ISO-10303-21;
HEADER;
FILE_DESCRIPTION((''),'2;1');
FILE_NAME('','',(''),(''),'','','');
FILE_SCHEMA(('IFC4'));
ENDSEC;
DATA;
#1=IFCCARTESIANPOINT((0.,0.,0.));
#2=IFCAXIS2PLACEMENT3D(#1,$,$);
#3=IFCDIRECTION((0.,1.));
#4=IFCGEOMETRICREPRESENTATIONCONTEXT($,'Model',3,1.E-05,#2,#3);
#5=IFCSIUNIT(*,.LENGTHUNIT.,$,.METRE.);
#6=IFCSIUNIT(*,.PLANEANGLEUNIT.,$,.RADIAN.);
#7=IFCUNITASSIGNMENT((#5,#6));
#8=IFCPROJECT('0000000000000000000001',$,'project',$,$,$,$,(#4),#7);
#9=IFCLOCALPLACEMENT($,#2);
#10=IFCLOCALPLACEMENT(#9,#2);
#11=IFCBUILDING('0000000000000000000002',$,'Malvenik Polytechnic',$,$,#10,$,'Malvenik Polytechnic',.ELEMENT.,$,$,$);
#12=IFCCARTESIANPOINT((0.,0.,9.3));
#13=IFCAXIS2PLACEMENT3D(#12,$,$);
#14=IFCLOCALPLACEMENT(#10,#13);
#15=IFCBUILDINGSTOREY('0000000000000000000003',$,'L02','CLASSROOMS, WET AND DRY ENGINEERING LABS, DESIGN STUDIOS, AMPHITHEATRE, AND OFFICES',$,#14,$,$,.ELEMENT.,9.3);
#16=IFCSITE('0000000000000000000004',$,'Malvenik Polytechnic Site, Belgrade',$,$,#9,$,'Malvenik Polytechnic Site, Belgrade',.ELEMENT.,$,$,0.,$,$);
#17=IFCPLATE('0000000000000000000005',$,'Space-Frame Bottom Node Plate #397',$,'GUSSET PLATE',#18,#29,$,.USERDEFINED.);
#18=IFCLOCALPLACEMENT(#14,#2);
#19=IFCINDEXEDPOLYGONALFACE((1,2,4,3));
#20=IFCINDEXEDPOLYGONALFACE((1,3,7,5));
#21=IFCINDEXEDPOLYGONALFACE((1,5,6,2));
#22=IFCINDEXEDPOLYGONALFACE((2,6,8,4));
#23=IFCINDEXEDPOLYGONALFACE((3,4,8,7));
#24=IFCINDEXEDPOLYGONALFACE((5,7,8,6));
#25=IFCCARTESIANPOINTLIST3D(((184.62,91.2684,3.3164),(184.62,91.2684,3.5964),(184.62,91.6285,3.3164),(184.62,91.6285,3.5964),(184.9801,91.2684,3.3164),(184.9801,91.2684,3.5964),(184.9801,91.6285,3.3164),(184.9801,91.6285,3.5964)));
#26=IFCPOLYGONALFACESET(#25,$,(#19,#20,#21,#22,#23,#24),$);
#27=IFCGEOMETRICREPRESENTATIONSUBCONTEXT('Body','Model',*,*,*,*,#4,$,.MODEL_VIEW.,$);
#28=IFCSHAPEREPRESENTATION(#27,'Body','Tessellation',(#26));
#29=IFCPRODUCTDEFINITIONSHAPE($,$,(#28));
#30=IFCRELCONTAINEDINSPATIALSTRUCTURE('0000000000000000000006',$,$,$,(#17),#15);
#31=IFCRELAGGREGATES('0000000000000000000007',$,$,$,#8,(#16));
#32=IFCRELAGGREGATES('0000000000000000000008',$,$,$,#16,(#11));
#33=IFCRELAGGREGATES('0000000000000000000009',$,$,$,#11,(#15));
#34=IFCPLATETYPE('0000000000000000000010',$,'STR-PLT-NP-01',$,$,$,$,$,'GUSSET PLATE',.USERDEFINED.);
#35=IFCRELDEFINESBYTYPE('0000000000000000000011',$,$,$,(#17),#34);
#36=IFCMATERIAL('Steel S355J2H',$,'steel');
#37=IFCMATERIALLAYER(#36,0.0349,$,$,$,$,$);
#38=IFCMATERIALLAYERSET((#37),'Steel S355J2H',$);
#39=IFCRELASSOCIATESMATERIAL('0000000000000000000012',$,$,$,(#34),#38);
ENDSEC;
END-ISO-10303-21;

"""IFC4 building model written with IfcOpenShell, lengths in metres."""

from ifc_helpers import new_model, si_unit, direction, frame, origin, origin_2d, place, context, subcontext, project, spatial, rectangle, extrude, material, layer, layer_set, type_object, element, save


model = new_model("IFC4")

# Units and contexts
model_context = context("Model", 3, precision=1e-05, world=origin(), true_north=direction((0.0, 1.0)))
body_context = subcontext(model_context, "Body", "Model", "MODEL_VIEW")
ifc_project = project(units=[si_unit("LENGTHUNIT", "METRE"), si_unit("PLANEANGLEUNIT", "RADIAN")], contexts=[model_context])

# Site, building, storey
site_placement = place(None, origin())
site = spatial("IfcSite", under=ifc_project, at=site_placement, Name="Malvenik Polytechnic Site, Belgrade", LongName="Malvenik Polytechnic Site, Belgrade", CompositionType="ELEMENT", RefElevation=0.0)
building_placement = place(site_placement, origin())
building = spatial("IfcBuilding", under=site, at=building_placement, Name="Malvenik Polytechnic", LongName="Malvenik Polytechnic", CompositionType="ELEMENT")
storey_placement = place(building_placement, frame((0.0, 0.0, 9.3)))
storey = spatial("IfcBuildingStorey", under=building, at=storey_placement, Name="L02", Description="CLASSROOMS, WET AND DRY ENGINEERING LABS, DESIGN STUDIOS, AMPHITHEATRE, AND OFFICES", CompositionType="ELEMENT", Elevation=9.3)

# Shared definitions
ifc_material = material(Name="Steel S355J2H", Category="steel")

# Plate
ifc_layer = layer(ifc_material, 0.0349)
ifc_layer_set = layer_set([ifc_layer], Name="Steel S355J2H")
plate_type = type_object("IfcPlateType", Name="STR-PLT-NP-01", ElementType="GUSSET PLATE", PredefinedType="USERDEFINED", material=ifc_layer_set)
for number, where, z_axis, x_axis, name in (
    (1, (184.8, 91.4485, 3.3164), (0.0, 0.0, 1.0), (1.0, 0.0, 0.0), "Space-Frame Bottom Node Plate #397"),
):
    element("IfcPlate", number, at=place(storey_placement, frame(where, z_axis=z_axis, x_axis=x_axis)), inside=storey, type_object=plate_type, Name=name, ObjectType="GUSSET PLATE", PredefinedType="USERDEFINED", context=body_context, shape_type="SweptSolid", body=[
        extrude(rectangle(XDim=0.3601, YDim=0.3601, at=origin_2d()), origin(), (0.0, 0.0, 1.0), 0.28),
    ])

save(model, "model.ifc")
